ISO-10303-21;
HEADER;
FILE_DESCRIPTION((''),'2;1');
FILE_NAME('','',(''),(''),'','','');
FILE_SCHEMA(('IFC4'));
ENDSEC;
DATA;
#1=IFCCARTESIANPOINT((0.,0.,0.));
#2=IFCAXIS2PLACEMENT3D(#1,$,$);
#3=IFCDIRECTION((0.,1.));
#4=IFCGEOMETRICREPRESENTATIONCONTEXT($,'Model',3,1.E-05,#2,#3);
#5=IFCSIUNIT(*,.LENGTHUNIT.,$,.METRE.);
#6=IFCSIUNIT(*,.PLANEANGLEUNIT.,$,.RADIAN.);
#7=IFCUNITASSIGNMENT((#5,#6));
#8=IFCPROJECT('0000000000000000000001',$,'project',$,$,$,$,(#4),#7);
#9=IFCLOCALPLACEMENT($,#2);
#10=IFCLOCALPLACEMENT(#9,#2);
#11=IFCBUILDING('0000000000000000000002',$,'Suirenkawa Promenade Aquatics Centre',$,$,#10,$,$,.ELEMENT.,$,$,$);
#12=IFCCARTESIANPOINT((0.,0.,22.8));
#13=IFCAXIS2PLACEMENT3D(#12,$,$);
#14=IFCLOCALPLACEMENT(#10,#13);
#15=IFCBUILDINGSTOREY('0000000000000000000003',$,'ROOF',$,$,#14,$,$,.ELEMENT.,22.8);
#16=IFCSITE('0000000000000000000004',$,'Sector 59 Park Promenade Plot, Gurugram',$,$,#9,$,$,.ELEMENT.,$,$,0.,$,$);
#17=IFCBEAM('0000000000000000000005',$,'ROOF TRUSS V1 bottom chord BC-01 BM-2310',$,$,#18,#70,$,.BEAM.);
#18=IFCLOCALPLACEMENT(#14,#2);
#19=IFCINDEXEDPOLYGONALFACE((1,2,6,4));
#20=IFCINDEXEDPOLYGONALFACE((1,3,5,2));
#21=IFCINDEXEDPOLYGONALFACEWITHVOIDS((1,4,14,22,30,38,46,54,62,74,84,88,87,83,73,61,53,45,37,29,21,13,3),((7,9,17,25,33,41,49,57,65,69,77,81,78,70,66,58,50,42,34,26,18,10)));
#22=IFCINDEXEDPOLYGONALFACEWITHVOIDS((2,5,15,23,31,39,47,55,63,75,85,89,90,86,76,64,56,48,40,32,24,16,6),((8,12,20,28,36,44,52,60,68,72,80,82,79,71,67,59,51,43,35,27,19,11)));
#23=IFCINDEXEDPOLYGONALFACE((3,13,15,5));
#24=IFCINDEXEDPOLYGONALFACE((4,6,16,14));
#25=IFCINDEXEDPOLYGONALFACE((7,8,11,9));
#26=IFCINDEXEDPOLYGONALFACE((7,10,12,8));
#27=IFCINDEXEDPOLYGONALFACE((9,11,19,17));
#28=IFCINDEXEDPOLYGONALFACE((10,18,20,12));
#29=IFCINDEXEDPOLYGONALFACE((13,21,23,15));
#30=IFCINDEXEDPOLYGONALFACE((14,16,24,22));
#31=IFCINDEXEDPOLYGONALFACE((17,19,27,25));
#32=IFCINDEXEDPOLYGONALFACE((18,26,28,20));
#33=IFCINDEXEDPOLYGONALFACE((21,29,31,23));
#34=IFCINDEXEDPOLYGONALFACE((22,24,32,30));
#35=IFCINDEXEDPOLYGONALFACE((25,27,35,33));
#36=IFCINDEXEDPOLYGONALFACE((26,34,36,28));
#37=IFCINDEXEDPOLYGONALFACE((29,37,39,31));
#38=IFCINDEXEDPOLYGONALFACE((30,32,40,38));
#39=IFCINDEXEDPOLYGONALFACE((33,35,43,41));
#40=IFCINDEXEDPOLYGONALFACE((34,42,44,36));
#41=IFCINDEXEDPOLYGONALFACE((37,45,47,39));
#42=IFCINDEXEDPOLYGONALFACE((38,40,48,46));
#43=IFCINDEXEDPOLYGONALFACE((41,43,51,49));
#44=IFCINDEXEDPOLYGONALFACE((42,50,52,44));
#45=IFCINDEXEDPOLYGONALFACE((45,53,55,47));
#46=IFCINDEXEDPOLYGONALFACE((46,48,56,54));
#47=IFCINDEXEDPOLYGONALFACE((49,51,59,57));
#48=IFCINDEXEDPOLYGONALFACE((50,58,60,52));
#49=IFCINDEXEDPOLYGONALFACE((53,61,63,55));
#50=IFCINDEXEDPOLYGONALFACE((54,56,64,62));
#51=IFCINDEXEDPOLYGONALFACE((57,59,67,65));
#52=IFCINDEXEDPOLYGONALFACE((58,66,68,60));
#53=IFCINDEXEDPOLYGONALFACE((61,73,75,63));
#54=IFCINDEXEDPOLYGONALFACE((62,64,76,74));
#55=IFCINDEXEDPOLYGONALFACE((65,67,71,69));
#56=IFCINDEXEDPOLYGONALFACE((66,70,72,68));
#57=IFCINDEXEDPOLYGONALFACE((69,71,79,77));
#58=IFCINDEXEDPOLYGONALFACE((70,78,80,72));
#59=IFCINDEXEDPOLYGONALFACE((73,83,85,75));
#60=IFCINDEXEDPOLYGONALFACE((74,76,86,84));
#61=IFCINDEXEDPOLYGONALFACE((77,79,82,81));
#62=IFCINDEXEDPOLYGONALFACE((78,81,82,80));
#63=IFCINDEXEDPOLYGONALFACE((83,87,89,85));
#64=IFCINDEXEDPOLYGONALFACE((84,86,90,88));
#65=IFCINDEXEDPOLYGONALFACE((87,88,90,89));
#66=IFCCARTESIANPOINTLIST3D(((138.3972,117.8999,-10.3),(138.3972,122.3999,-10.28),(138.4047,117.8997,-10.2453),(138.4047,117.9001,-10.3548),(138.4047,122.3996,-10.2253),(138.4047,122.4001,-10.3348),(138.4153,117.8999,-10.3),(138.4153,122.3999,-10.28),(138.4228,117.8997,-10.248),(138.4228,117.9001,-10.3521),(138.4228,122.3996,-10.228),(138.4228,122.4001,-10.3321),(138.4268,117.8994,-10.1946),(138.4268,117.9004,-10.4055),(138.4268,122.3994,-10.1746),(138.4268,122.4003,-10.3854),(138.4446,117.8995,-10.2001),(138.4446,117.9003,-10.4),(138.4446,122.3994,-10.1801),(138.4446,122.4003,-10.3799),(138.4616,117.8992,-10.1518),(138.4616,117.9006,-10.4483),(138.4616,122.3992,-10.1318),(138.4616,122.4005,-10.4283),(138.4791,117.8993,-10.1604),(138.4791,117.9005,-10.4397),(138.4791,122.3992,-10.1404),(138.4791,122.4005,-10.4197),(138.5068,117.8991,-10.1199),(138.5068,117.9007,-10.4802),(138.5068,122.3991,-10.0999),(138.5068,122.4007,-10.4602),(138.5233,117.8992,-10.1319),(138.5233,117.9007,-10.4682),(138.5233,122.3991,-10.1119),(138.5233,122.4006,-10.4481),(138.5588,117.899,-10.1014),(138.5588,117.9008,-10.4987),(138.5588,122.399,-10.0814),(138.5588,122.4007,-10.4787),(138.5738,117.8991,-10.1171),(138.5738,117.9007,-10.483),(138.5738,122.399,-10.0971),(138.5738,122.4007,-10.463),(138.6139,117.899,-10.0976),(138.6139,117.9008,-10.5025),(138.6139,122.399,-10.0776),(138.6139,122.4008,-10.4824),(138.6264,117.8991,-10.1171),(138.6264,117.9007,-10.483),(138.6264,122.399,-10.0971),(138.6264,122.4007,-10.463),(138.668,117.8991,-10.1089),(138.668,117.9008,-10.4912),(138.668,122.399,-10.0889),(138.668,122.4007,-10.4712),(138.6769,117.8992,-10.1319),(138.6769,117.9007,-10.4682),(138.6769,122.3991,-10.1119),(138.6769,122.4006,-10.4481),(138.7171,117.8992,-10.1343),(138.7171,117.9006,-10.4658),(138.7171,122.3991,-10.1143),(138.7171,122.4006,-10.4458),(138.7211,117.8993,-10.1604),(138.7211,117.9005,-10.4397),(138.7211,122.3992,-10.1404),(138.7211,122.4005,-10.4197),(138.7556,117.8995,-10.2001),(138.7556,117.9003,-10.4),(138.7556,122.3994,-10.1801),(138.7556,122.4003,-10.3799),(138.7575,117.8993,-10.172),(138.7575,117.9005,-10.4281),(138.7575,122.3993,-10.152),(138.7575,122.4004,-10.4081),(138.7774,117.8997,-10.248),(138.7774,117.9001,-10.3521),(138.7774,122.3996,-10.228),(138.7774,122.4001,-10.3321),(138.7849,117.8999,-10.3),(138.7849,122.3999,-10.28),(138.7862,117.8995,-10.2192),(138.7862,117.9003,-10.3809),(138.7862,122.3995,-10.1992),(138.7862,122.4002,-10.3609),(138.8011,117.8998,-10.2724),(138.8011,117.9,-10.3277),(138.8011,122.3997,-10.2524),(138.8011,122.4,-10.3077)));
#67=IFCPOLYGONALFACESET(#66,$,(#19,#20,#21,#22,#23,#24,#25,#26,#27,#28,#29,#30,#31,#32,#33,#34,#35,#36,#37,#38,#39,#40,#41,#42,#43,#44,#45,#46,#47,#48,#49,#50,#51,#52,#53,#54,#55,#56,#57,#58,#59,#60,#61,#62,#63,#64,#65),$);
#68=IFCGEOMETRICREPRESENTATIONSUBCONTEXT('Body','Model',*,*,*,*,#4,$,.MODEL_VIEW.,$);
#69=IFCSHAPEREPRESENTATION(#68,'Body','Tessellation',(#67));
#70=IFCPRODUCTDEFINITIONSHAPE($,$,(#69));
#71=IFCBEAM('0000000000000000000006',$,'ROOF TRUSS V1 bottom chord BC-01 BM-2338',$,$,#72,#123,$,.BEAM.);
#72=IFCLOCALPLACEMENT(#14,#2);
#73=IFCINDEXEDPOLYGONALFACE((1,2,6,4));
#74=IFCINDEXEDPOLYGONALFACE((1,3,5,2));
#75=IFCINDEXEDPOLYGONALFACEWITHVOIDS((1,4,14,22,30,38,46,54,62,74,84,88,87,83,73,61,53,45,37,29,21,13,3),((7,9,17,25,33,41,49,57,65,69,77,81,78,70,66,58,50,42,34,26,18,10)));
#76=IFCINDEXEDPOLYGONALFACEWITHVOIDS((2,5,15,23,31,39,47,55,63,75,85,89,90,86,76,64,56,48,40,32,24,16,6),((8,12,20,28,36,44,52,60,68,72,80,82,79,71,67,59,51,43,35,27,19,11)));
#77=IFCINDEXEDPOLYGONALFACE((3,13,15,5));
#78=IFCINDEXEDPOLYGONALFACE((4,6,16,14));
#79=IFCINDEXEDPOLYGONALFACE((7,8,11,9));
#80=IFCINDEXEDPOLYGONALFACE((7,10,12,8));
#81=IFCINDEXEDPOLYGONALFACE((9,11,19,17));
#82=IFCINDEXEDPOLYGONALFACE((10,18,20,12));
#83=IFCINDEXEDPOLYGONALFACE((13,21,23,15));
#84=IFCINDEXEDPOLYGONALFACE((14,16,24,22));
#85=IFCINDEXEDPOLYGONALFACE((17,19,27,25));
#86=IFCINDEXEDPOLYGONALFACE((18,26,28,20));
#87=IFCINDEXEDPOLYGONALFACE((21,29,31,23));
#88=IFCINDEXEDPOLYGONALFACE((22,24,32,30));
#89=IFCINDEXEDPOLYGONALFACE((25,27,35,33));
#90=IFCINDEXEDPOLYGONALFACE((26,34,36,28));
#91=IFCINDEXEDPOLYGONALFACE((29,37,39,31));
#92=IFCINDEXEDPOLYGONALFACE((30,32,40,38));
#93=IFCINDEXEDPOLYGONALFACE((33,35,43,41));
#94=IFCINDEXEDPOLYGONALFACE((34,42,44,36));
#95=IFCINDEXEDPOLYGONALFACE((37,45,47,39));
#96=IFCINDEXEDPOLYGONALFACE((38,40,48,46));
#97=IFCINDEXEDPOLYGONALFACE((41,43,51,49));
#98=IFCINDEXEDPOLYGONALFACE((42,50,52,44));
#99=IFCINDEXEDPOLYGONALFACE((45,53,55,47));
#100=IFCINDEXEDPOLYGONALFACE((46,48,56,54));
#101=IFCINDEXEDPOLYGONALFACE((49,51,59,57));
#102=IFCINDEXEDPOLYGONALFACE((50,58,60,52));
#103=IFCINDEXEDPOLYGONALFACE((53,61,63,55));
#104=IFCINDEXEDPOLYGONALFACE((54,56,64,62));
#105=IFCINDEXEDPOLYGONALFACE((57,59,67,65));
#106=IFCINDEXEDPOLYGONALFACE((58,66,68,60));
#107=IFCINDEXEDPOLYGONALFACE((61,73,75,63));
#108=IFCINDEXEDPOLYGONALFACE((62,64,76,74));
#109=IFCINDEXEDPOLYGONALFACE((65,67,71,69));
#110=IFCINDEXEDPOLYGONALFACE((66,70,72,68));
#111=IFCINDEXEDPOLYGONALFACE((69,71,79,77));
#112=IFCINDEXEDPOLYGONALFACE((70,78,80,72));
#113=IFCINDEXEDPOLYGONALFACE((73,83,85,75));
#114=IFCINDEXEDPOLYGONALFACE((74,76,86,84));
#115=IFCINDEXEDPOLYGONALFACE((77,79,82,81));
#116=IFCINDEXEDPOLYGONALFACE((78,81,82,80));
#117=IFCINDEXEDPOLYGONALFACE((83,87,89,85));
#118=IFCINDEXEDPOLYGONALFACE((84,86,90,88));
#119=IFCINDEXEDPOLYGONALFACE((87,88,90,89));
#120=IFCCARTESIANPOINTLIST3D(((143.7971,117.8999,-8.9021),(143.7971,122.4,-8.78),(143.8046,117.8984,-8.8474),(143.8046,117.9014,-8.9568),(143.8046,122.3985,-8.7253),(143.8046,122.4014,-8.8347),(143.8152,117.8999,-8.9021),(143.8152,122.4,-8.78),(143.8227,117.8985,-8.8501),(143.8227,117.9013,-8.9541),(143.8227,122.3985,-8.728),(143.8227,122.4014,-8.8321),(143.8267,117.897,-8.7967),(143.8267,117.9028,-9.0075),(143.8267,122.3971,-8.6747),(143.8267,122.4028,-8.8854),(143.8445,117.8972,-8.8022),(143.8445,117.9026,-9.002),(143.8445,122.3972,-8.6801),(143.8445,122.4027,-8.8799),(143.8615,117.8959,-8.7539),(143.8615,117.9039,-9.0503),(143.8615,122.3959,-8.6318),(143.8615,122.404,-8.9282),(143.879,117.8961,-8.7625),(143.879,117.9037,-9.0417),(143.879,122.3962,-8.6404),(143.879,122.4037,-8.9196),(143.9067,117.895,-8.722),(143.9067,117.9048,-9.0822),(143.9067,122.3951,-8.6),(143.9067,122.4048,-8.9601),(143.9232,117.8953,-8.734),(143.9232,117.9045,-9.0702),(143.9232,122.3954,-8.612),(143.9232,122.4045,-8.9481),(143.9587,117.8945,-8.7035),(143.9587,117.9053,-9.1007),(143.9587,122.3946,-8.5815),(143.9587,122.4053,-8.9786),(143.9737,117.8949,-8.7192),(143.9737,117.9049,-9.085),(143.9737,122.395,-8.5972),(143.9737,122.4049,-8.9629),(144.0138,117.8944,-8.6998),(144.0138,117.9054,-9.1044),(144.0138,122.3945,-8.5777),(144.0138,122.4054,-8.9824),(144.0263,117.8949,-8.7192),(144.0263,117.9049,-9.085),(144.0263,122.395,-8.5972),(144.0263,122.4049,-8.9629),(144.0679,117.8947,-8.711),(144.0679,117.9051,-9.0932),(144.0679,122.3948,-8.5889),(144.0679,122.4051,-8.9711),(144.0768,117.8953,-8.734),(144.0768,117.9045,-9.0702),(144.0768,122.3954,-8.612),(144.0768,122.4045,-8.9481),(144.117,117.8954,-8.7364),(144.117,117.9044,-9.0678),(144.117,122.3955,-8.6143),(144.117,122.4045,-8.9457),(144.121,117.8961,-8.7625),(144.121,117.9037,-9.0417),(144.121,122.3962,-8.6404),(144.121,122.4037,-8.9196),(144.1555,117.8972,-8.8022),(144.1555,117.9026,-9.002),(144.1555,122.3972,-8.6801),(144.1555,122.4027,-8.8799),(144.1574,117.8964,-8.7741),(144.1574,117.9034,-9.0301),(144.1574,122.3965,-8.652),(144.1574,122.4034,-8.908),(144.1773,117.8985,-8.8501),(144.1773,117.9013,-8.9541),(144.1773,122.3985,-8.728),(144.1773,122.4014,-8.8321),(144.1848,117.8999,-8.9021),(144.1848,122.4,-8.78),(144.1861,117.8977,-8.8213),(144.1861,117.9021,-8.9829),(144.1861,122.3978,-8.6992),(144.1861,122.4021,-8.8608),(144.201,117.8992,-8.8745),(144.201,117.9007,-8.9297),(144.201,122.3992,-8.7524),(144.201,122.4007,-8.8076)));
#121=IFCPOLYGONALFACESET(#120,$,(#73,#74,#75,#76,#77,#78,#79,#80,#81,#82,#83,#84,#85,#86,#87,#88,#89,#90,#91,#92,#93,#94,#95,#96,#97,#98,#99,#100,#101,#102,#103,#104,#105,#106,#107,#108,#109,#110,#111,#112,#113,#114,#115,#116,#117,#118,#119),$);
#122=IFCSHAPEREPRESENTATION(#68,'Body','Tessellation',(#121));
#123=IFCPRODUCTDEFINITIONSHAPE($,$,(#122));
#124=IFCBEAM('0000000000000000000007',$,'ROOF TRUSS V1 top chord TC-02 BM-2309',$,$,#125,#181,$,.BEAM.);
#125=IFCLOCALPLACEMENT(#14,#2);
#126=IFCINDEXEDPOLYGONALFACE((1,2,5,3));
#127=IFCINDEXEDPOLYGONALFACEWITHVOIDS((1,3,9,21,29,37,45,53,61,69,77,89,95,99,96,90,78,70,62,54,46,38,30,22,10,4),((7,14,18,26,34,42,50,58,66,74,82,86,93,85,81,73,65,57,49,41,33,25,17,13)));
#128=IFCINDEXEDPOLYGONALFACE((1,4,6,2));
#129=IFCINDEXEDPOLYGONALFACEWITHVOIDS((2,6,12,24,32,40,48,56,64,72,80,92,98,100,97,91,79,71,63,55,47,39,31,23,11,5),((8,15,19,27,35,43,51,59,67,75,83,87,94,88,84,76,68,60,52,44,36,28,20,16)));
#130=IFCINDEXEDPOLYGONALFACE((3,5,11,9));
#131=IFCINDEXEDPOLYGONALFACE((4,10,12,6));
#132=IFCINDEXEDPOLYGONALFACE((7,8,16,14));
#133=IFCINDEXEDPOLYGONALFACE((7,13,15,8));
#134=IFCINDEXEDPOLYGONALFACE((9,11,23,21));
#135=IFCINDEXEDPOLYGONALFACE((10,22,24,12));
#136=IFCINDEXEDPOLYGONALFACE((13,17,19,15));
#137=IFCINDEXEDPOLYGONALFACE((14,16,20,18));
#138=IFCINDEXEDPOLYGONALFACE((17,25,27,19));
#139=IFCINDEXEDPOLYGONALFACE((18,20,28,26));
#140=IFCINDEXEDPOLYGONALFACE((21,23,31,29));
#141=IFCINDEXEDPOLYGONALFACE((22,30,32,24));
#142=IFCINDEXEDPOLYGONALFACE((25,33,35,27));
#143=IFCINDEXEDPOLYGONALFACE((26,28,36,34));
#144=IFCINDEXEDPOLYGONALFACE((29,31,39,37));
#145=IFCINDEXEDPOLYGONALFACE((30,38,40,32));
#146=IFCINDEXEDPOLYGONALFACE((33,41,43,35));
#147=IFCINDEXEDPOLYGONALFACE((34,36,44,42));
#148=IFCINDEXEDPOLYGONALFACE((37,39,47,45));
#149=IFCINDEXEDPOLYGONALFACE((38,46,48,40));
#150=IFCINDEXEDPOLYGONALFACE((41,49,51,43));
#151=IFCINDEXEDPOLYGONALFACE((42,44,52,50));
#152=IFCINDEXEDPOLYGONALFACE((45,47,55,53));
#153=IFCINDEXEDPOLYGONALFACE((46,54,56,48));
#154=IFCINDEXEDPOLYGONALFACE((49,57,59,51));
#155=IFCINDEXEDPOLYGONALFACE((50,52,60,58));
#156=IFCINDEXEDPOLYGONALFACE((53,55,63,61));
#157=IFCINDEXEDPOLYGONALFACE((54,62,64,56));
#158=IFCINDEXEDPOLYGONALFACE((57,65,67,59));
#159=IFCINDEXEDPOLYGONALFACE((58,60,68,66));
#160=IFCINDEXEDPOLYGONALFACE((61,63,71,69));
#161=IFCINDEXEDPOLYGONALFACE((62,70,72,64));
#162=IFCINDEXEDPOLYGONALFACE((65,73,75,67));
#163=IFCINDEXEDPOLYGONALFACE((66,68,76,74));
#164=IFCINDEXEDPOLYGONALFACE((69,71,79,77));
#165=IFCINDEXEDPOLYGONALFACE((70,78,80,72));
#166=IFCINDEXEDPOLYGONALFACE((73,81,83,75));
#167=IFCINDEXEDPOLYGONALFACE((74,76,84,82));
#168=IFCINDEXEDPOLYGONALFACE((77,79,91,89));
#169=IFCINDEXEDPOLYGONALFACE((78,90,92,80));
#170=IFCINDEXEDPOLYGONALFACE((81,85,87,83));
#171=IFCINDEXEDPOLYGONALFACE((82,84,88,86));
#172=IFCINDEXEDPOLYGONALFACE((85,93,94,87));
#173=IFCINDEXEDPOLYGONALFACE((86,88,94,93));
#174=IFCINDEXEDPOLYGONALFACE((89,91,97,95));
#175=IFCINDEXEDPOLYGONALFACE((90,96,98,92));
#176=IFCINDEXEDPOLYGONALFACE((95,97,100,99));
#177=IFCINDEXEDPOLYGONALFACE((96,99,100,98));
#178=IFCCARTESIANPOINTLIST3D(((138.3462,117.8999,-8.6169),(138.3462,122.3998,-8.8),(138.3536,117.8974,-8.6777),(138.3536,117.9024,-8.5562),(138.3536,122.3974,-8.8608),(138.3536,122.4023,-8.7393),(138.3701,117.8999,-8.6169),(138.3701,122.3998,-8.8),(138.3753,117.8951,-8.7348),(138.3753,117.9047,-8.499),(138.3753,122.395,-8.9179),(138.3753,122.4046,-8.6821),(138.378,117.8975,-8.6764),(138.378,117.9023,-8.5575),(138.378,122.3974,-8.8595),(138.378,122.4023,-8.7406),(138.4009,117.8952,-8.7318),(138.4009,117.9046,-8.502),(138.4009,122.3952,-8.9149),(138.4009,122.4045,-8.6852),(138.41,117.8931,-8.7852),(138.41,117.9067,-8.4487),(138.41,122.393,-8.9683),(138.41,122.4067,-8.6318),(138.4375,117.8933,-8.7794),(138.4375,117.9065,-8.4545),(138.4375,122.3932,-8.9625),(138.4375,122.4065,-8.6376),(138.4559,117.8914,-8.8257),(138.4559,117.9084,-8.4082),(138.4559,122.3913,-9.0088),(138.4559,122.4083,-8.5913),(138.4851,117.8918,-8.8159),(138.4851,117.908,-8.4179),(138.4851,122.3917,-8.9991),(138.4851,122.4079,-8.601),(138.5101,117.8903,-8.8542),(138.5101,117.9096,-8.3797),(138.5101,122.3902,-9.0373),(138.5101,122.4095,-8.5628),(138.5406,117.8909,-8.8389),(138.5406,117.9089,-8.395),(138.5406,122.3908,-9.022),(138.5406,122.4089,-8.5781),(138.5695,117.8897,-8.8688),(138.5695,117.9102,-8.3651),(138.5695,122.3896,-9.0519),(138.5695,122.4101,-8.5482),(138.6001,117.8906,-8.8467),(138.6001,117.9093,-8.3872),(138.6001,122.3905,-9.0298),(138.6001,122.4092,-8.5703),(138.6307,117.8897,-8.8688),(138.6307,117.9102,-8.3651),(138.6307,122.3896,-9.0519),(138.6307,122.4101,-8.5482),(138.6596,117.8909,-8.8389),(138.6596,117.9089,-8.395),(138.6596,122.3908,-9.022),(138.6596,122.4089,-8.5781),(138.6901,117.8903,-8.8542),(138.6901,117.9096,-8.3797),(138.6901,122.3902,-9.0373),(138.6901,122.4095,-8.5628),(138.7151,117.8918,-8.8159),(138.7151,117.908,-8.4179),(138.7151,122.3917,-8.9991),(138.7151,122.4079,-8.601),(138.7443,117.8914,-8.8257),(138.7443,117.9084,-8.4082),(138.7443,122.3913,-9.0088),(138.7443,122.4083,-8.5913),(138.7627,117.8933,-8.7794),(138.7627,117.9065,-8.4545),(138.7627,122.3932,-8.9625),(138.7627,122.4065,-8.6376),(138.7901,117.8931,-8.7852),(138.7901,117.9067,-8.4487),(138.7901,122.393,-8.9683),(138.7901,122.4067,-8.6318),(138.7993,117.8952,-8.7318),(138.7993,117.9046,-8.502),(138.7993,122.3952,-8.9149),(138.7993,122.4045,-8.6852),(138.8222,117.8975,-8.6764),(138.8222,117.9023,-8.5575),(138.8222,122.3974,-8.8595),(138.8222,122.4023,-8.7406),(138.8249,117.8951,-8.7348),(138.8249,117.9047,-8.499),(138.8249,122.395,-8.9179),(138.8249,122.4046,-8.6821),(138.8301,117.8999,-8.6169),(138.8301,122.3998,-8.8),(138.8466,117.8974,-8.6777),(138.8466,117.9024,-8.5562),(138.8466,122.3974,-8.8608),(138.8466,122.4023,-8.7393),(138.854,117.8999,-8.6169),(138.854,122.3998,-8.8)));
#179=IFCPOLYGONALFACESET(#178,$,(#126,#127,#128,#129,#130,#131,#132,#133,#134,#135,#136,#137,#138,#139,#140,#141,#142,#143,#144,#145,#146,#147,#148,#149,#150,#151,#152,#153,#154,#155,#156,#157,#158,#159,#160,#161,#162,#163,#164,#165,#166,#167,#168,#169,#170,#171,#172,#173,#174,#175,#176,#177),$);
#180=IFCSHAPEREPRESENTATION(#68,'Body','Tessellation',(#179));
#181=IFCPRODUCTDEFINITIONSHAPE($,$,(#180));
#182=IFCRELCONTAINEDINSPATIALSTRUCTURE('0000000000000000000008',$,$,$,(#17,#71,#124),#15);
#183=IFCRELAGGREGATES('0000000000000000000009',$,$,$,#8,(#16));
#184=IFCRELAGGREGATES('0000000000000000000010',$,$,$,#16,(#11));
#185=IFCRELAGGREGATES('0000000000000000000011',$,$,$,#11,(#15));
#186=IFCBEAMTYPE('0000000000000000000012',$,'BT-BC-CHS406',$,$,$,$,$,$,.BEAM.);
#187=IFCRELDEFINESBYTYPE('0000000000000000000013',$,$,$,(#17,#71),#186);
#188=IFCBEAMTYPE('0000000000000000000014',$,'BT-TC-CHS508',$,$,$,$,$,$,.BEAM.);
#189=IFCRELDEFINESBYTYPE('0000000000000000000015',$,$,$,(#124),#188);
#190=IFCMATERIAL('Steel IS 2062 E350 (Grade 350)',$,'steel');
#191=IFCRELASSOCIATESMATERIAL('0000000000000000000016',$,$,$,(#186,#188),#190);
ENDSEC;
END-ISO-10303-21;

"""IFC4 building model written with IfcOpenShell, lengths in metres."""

from ifc_helpers import new_model, si_unit, direction, frame, origin, origin_2d, place, context, subcontext, project, spatial, hollow_circle, extrude, material, material_profile, profile_set, type_object, element, save


model = new_model("IFC4")

# Units and contexts
model_context = context("Model", 3, precision=1e-05, world=origin(), true_north=direction((0.0, 1.0)))
body_context = subcontext(model_context, "Body", "Model", "MODEL_VIEW")
ifc_project = project(units=[si_unit("LENGTHUNIT", "METRE"), si_unit("PLANEANGLEUNIT", "RADIAN")], contexts=[model_context])

# Site, building, storey
site_placement = place(None, origin())
site = spatial("IfcSite", under=ifc_project, at=site_placement, Name="Sector 59 Park Promenade Plot, Gurugram", CompositionType="ELEMENT", RefElevation=0.0)
building_placement = place(site_placement, origin())
building = spatial("IfcBuilding", under=site, at=building_placement, Name="Suirenkawa Promenade Aquatics Centre", CompositionType="ELEMENT")
storey_placement = place(building_placement, frame((0.0, 0.0, 22.8)))
storey = spatial("IfcBuildingStorey", under=building, at=storey_placement, Name="ROOF", CompositionType="ELEMENT", Elevation=22.8)

# Beams
ifc_material = material(Name="Steel IS 2062 E350 (Grade 350)", Category="steel")
ifc_material_profile_1 = material_profile(ifc_material, hollow_circle(Radius=0.2029, WallThickness=0.0181, at=origin_2d()), Name="CHS 406x18", Category="steel")
ifc_profile_set_1 = profile_set([ifc_material_profile_1], Name="Steel IS 2062 E350 (Grade 350)")
beam_type_1 = type_object("IfcBeamType", Name="BT-BC-CHS406", PredefinedType="BEAM", material=ifc_profile_set_1)
beam_1_placement = place(storey_placement, frame((138.6001, 117.8999, -10.3), z_axis=(0.0, 0.99999, 0.004449), x_axis=(-1.0, 0.0, 0.0)))
element("IfcBeam", 1, at=beam_1_placement, inside=storey, type_object=beam_type_1, Name="ROOF TRUSS V1 bottom chord BC-01 BM-2310", PredefinedType="BEAM", context=body_context, shape_type="SweptSolid", body=[
    extrude(hollow_circle(Radius=0.2029, WallThickness=0.0181, at=origin_2d()), origin(), (0.0, 0.0, 1.0), 4.5),
])
beam_2_placement = place(storey_placement, frame((144.0, 117.8999, -8.9021), z_axis=(0.0, 0.999632, 0.027117), x_axis=(-1.0, 0.0, 0.0)))
element("IfcBeam", 2, at=beam_2_placement, inside=storey, type_object=beam_type_1, Name="ROOF TRUSS V1 bottom chord BC-01 BM-2338", PredefinedType="BEAM", context=body_context, shape_type="SweptSolid", body=[
    extrude(hollow_circle(Radius=0.2029, WallThickness=0.0181, at=origin_2d()), origin(), (0.0, 0.0, 1.0), 4.5017),
])
ifc_material_profile_2 = material_profile(ifc_material, hollow_circle(Radius=0.2539, WallThickness=0.0239, at=origin_2d()), Name="CHS 508x24", Category="steel")
ifc_profile_set_2 = profile_set([ifc_material_profile_2], Name="Steel IS 2062 E350 (Grade 350)")
beam_type_2 = type_object("IfcBeamType", Name="BT-TC-CHS508", PredefinedType="BEAM", material=ifc_profile_set_2)
for number, where, z_axis, x_axis, name in (
    (3, (138.6001, 117.8999, -8.6169), (0.0, 0.999173, -0.040656), (-1.0, 0.0, 0.0), "ROOF TRUSS V1 top chord TC-02 BM-2309"),
):
    element("IfcBeam", number, at=place(storey_placement, frame(where, z_axis=z_axis, x_axis=x_axis)), inside=storey, type_object=beam_type_2, Name=name, PredefinedType="BEAM", context=body_context, shape_type="SweptSolid", body=[
        extrude(hollow_circle(Radius=0.2539, WallThickness=0.0239, at=origin_2d()), origin(), (0.0, 0.0, 1.0), 4.5037),
    ])

save(model, "model.ifc")
